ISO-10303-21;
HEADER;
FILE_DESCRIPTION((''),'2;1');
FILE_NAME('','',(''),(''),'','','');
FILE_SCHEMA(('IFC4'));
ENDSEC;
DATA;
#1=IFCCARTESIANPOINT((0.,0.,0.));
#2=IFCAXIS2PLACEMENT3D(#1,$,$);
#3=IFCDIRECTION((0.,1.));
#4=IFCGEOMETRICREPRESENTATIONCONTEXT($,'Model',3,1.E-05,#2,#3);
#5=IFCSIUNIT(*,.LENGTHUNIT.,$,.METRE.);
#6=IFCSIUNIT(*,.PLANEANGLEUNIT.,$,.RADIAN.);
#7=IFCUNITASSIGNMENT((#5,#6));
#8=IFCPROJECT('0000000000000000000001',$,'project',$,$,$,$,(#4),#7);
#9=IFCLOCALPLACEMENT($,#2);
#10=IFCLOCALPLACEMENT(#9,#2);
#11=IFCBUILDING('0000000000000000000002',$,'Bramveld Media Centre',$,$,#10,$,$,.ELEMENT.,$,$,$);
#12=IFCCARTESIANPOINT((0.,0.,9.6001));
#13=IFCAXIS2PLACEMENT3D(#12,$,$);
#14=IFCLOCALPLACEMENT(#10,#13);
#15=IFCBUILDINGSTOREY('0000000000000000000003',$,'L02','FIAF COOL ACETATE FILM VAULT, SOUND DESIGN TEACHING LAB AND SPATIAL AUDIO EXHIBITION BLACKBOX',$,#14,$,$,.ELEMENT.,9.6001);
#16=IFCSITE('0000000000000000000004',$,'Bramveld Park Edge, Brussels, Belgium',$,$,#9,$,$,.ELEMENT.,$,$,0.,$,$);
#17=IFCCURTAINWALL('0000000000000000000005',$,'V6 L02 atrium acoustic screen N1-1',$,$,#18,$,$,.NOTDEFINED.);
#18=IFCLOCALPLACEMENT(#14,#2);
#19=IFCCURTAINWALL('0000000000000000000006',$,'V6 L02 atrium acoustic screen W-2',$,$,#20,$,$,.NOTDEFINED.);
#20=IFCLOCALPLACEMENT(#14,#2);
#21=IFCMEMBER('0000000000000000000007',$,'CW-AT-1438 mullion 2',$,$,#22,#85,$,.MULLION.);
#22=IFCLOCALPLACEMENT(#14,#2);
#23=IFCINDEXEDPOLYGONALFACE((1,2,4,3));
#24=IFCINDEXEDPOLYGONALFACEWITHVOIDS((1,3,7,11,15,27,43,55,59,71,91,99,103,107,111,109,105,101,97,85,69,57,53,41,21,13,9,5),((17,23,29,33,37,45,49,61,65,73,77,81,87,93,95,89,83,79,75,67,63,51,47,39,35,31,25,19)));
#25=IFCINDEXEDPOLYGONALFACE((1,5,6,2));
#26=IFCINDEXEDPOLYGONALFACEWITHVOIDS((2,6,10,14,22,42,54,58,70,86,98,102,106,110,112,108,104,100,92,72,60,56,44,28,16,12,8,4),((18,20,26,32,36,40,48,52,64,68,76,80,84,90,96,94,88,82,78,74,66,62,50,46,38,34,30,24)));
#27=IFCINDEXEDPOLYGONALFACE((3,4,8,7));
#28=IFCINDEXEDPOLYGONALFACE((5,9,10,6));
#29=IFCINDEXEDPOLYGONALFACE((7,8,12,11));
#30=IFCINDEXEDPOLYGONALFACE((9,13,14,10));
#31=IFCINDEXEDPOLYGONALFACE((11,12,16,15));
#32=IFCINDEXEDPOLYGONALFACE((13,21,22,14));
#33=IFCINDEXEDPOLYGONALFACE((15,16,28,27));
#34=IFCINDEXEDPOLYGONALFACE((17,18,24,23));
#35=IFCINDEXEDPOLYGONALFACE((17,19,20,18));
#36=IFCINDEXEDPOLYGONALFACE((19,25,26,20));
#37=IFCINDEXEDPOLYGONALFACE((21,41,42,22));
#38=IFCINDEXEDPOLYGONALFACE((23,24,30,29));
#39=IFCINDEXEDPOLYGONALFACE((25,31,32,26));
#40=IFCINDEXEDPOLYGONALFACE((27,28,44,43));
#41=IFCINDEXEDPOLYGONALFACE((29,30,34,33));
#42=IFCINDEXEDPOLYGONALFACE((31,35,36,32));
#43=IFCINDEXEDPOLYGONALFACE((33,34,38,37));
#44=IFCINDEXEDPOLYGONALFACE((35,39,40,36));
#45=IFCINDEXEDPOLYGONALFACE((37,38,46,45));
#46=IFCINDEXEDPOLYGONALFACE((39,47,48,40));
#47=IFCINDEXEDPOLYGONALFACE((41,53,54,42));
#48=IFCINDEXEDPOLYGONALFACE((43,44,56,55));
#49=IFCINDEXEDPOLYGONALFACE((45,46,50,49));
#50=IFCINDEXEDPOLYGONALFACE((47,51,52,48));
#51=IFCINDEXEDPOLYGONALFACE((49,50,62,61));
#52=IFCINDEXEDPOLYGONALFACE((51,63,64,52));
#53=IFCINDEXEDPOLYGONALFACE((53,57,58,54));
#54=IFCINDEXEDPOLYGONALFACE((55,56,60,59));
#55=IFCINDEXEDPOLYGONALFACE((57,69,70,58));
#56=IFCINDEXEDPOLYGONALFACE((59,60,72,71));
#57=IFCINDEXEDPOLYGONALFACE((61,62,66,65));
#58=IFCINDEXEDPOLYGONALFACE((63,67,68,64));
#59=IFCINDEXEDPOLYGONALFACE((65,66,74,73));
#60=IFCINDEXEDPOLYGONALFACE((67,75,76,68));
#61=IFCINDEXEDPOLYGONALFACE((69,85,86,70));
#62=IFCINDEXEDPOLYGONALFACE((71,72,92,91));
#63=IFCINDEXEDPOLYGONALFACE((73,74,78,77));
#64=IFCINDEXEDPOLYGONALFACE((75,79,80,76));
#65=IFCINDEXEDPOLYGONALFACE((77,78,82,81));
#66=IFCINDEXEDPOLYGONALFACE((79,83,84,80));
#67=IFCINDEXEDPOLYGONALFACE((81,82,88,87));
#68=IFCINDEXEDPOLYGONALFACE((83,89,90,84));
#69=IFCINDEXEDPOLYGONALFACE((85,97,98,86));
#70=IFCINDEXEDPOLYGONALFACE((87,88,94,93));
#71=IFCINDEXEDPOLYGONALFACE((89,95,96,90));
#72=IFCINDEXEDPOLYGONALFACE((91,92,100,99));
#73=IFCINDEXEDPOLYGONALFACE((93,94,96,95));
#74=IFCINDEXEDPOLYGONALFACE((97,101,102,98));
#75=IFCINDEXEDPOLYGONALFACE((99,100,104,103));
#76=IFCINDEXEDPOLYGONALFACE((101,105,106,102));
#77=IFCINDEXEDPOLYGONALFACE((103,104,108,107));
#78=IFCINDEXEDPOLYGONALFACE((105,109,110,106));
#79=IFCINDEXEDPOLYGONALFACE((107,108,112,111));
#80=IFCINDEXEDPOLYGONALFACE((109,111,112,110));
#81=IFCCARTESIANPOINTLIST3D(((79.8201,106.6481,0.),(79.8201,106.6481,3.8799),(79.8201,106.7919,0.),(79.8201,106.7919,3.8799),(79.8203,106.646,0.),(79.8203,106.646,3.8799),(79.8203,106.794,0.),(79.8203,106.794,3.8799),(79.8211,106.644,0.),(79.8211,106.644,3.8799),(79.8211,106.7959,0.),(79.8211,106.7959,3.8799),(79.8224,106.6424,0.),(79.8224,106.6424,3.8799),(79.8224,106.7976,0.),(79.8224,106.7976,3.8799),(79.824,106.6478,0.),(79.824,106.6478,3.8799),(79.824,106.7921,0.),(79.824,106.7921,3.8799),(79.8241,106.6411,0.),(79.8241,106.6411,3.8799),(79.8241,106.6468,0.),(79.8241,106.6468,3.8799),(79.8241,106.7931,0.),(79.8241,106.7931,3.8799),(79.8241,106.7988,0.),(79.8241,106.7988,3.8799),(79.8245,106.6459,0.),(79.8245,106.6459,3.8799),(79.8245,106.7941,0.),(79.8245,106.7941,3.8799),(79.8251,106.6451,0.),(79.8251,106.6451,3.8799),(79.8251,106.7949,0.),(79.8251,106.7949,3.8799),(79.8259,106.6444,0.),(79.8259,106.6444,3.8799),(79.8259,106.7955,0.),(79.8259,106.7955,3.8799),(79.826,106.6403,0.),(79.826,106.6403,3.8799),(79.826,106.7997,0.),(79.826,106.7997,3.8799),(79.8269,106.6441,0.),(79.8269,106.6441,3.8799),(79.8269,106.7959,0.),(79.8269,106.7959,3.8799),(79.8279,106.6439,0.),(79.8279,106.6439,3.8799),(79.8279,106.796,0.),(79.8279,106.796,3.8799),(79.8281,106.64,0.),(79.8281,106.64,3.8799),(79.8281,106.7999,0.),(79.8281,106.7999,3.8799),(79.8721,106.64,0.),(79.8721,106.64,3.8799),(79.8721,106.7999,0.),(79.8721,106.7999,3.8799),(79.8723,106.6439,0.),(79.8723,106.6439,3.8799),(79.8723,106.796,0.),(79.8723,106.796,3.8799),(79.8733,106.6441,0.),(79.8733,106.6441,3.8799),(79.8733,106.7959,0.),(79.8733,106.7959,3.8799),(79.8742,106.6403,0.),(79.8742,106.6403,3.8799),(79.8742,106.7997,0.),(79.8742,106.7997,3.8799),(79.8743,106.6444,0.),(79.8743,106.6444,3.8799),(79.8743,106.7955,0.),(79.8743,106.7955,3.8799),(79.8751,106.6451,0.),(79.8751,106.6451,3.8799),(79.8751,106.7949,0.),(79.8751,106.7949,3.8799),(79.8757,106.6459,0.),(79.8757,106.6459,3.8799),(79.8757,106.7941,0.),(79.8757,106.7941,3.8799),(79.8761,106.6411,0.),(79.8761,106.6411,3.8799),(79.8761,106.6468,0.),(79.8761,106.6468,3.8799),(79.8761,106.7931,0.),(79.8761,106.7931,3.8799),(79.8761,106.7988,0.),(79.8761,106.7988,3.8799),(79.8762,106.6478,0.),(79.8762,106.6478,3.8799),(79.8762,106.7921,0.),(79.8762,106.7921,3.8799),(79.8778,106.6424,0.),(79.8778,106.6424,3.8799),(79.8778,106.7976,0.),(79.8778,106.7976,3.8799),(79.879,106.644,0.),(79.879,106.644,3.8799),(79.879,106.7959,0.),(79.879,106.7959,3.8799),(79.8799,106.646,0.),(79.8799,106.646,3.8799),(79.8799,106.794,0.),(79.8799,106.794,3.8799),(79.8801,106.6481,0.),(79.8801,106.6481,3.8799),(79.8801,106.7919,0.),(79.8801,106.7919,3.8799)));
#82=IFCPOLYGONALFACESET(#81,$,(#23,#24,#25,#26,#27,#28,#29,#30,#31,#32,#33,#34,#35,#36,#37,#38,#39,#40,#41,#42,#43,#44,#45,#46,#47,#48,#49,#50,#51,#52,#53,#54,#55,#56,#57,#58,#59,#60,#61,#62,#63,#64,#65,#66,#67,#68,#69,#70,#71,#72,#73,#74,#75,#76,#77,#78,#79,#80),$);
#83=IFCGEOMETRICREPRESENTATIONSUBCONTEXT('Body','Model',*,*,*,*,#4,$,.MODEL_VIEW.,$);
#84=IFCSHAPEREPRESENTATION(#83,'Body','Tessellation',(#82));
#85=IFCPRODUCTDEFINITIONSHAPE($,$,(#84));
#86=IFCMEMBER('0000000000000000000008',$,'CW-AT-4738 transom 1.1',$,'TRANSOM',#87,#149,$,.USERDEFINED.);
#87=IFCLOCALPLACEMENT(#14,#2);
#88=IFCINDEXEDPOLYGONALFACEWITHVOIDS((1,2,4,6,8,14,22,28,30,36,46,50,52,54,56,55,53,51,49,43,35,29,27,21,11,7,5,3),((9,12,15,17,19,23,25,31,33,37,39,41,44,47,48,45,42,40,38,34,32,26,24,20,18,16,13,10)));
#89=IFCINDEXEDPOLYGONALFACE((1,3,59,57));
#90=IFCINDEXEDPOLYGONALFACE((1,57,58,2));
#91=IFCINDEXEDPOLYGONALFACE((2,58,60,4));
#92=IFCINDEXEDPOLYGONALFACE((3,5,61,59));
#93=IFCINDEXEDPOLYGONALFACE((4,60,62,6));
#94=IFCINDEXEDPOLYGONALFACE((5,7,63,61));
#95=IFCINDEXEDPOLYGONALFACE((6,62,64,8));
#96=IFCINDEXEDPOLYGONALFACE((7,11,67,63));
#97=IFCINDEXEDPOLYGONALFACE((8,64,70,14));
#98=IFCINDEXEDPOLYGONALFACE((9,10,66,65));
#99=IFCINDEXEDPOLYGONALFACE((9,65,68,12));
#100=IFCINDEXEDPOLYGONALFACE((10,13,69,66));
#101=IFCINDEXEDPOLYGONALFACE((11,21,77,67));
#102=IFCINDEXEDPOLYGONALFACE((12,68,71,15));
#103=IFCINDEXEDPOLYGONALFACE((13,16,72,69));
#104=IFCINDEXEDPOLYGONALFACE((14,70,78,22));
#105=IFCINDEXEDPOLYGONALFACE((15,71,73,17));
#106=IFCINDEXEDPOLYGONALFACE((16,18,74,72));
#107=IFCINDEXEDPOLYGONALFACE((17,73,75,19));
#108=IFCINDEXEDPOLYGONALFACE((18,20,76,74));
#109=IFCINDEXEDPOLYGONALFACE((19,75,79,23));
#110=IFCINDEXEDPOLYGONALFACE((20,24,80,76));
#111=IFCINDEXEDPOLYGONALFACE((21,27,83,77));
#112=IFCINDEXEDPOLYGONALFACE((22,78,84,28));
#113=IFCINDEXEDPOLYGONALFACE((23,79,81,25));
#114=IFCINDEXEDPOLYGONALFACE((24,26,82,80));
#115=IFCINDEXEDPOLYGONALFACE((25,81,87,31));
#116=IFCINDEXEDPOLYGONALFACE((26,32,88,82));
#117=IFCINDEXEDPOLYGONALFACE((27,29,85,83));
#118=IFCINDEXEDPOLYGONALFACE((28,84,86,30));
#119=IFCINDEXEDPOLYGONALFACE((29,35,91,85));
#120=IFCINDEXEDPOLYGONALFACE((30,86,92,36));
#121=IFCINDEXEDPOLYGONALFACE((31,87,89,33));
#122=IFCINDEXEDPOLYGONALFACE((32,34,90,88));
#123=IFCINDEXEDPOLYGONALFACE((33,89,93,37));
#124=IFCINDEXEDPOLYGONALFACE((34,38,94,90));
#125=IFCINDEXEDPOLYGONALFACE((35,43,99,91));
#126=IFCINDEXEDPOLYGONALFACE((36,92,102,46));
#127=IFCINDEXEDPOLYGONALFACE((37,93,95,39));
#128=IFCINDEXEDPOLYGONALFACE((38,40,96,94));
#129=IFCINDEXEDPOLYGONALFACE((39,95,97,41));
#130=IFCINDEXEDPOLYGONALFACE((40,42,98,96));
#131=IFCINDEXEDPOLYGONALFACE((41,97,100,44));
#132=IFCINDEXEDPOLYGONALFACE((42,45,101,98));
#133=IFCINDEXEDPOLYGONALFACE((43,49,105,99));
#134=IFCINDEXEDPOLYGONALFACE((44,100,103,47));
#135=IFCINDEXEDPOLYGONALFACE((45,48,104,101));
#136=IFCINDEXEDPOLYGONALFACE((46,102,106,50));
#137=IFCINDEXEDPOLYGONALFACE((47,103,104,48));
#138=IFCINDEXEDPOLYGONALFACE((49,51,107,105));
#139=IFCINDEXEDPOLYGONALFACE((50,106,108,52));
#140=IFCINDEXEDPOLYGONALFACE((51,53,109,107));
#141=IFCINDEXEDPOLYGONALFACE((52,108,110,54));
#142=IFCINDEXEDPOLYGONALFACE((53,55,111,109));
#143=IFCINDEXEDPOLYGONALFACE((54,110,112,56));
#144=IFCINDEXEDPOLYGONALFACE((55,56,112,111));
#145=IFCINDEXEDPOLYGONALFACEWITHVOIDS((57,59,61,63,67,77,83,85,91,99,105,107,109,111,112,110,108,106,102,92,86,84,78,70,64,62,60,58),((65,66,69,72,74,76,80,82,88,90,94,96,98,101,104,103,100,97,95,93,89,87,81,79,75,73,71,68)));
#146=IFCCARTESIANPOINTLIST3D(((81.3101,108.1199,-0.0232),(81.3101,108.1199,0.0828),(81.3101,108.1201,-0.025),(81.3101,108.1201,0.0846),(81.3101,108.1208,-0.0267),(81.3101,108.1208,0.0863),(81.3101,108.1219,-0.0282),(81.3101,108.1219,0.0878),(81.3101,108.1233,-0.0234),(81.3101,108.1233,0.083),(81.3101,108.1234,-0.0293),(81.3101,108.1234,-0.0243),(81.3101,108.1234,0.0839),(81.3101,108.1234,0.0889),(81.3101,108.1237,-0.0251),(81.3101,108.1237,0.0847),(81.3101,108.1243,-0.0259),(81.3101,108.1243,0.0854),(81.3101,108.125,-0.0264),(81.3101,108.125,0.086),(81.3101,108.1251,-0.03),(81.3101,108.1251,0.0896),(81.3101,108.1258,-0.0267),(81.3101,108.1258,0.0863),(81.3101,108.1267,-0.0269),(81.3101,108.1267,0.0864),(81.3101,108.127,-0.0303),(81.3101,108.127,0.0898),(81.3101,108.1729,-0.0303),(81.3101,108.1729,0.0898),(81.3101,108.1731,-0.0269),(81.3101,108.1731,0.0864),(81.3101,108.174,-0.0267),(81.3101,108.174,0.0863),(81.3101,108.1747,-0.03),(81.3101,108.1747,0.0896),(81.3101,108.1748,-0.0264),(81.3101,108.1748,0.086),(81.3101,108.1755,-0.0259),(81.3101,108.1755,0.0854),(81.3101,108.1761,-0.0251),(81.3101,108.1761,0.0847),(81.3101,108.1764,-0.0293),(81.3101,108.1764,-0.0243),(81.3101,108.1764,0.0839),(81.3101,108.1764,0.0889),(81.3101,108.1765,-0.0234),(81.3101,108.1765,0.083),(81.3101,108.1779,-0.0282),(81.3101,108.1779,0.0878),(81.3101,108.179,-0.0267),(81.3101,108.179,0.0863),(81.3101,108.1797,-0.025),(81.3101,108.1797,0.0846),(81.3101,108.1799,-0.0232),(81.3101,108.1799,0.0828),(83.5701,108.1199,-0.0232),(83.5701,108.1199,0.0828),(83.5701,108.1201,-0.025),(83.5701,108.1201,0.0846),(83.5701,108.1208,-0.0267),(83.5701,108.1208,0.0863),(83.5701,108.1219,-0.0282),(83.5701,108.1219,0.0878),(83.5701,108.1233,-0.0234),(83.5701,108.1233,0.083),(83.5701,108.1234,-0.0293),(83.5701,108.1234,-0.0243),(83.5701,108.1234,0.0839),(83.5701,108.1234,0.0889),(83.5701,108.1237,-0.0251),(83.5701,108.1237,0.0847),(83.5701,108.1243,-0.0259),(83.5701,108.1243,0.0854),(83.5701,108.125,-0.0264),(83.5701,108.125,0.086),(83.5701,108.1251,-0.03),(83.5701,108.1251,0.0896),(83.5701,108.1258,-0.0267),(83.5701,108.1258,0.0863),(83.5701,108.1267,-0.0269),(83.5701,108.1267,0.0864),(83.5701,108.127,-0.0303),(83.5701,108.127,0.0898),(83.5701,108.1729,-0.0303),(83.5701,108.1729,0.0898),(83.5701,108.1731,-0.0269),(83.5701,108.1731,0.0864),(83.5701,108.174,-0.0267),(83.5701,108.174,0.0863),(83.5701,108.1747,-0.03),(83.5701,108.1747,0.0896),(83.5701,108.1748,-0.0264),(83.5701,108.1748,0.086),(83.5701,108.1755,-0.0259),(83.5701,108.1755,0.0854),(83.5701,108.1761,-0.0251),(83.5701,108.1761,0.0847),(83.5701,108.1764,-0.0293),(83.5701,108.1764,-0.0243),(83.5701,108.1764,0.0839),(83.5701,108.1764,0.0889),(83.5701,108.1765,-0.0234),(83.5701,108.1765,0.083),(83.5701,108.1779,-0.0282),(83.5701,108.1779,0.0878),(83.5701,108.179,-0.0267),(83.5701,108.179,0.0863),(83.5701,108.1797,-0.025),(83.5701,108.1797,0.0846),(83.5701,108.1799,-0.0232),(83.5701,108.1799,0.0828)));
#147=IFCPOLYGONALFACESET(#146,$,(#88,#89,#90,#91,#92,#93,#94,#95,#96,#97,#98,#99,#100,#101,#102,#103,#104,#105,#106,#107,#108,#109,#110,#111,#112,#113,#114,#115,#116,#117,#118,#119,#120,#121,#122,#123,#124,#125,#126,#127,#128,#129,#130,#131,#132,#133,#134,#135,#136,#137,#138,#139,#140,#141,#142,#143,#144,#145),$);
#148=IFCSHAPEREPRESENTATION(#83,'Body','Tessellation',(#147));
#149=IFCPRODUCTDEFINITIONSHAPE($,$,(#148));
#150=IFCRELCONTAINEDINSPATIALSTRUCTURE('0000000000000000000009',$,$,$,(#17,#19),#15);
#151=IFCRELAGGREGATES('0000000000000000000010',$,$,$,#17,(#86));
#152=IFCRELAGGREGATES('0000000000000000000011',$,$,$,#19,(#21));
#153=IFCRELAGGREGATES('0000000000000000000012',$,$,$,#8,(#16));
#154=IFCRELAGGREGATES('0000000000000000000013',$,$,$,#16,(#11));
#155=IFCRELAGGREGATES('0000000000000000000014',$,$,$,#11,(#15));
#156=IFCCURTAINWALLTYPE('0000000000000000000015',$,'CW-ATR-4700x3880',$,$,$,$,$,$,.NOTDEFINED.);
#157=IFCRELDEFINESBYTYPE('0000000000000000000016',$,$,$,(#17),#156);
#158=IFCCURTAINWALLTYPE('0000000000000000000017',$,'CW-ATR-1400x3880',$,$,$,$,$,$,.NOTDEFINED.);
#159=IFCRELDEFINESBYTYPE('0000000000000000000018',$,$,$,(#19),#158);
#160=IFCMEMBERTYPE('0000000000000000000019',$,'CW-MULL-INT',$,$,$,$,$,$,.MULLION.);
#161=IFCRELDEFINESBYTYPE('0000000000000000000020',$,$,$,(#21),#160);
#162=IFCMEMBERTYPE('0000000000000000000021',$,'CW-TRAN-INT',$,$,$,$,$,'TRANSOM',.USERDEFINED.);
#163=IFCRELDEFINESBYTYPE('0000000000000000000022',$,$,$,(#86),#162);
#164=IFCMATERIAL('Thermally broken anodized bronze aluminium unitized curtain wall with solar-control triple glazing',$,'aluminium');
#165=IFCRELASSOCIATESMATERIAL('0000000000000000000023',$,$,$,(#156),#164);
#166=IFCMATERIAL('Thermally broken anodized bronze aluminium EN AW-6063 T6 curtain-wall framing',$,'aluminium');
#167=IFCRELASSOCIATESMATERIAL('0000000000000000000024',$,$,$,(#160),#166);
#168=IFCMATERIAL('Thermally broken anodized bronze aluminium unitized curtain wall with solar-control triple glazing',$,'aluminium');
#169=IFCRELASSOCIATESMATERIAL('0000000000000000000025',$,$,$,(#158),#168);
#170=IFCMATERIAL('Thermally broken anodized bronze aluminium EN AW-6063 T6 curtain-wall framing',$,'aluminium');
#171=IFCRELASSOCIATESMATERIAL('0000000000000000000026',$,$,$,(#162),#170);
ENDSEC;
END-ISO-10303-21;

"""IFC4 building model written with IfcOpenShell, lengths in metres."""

from ifc_helpers import new_model, si_unit, direction, frame, origin, origin_2d, place, context, subcontext, project, spatial, hollow_rectangle, extrude, material, material_profile, profile_set, type_object, element, aggregate, save


model = new_model("IFC4")

# Units and contexts
model_context = context("Model", 3, precision=1e-05, world=origin(), true_north=direction((0.0, 1.0)))
body_context = subcontext(model_context, "Body", "Model", "MODEL_VIEW")
ifc_project = project(units=[si_unit("LENGTHUNIT", "METRE"), si_unit("PLANEANGLEUNIT", "RADIAN")], contexts=[model_context])

# Site, building, storey
site_placement = place(None, origin())
site = spatial("IfcSite", under=ifc_project, at=site_placement, Name="Bramveld Park Edge, Brussels, Belgium", CompositionType="ELEMENT", RefElevation=0.0)
building_placement = place(site_placement, origin())
building = spatial("IfcBuilding", under=site, at=building_placement, Name="Bramveld Media Centre", CompositionType="ELEMENT")
storey_placement = place(building_placement, frame((0.0, 0.0, 9.6001)))
storey = spatial("IfcBuildingStorey", under=building, at=storey_placement, Name="L02", Description="FIAF COOL ACETATE FILM VAULT, SOUND DESIGN TEACHING LAB AND SPATIAL AUDIO EXHIBITION BLACKBOX", CompositionType="ELEMENT", Elevation=9.6001)

# Curtain wall
ifc_material_1 = material(Name="Thermally broken anodized bronze aluminium unitized curtain wall with solar-control triple glazing", Category="aluminium")
curtain_wall_type_1 = type_object("IfcCurtainWallType", Name="CW-ATR-4700x3880", PredefinedType="NOTDEFINED", material=ifc_material_1)
curtain_wall_1_placement = place(storey_placement, origin())
curtain_wall_1 = element("IfcCurtainWall", 1, at=curtain_wall_1_placement, inside=storey, type_object=curtain_wall_type_1, Name="V6 L02 atrium acoustic screen N1-1", PredefinedType="NOTDEFINED")
ifc_material_2 = material(Name="Thermally broken anodized bronze aluminium EN AW-6063 T6 curtain-wall framing", Category="aluminium")
ifc_material_profile_1 = material_profile(ifc_material_2, hollow_rectangle(XDim=0.0601, YDim=0.1599, WallThickness=0.0039, InnerFilletRadius=0.0039, OuterFilletRadius=0.0081, at=origin_2d()), Name="AL-MULL 60x160")
ifc_profile_set_1 = profile_set([ifc_material_profile_1], Name="Thermally broken anodized bronze aluminium EN AW-6063 T6 curtain-wall framing")
member_type_1 = type_object("IfcMemberType", Name="CW-MULL-INT", PredefinedType="MULLION", material=ifc_profile_set_1)

# Curtain wall, member
ifc_material_3 = material(Name="Thermally broken anodized bronze aluminium unitized curtain wall with solar-control triple glazing", Category="aluminium")
curtain_wall_type_2 = type_object("IfcCurtainWallType", Name="CW-ATR-1400x3880", PredefinedType="NOTDEFINED", material=ifc_material_3)
curtain_wall_2_placement = place(storey_placement, origin())
curtain_wall_2 = element("IfcCurtainWall", 2, at=curtain_wall_2_placement, inside=storey, type_object=curtain_wall_type_2, Name="V6 L02 atrium acoustic screen W-2", PredefinedType="NOTDEFINED")
member_1_placement = place(storey_placement, frame((79.8501, 106.72, 0.0), z_axis=(0.0, 0.0, 1.0), x_axis=(-1.0, 0.0, 0.0)))
member_1 = element("IfcMember", 3, at=member_1_placement, type_object=member_type_1, Name="CW-AT-1438 mullion 2", PredefinedType="MULLION", context=body_context, shape_type="SweptSolid", body=[
    extrude(hollow_rectangle(XDim=0.0601, YDim=0.1599, WallThickness=0.0039, InnerFilletRadius=0.0039, OuterFilletRadius=0.0081, at=origin_2d()), origin(), (0.0, 0.0, 1.0), 3.8799),
])

# Member
ifc_material_4 = material(Name="Thermally broken anodized bronze aluminium EN AW-6063 T6 curtain-wall framing", Category="aluminium")
ifc_material_profile_2 = material_profile(ifc_material_4, hollow_rectangle(XDim=0.0601, YDim=0.1201, WallThickness=0.0034, InnerFilletRadius=0.0034, OuterFilletRadius=0.0071, at=origin_2d()), Name="AL-TRAN 60x120")
ifc_profile_set_2 = profile_set([ifc_material_profile_2], Name="Thermally broken anodized bronze aluminium EN AW-6063 T6 curtain-wall framing")
member_type_2 = type_object("IfcMemberType", Name="CW-TRAN-INT", ElementType="TRANSOM", PredefinedType="USERDEFINED", material=ifc_profile_set_2)
member_2_placement = place(storey_placement, frame((81.3101, 108.1499, 0.0298), z_axis=(1.0, 0.0, 0.0), x_axis=(0.0, 1.0, 0.0)))
member_2 = element("IfcMember", 4, at=member_2_placement, type_object=member_type_2, Name="CW-AT-4738 transom 1.1", ObjectType="TRANSOM", PredefinedType="USERDEFINED", context=body_context, shape_type="SweptSolid", body=[
    extrude(hollow_rectangle(XDim=0.0601, YDim=0.1201, WallThickness=0.0034, InnerFilletRadius=0.0034, OuterFilletRadius=0.0071, at=origin_2d()), origin(), (0.0, 0.0, 1.0), 2.26),
])

aggregate(curtain_wall_1, [member_2])
aggregate(curtain_wall_2, [member_1])

save(model, "model.ifc")
